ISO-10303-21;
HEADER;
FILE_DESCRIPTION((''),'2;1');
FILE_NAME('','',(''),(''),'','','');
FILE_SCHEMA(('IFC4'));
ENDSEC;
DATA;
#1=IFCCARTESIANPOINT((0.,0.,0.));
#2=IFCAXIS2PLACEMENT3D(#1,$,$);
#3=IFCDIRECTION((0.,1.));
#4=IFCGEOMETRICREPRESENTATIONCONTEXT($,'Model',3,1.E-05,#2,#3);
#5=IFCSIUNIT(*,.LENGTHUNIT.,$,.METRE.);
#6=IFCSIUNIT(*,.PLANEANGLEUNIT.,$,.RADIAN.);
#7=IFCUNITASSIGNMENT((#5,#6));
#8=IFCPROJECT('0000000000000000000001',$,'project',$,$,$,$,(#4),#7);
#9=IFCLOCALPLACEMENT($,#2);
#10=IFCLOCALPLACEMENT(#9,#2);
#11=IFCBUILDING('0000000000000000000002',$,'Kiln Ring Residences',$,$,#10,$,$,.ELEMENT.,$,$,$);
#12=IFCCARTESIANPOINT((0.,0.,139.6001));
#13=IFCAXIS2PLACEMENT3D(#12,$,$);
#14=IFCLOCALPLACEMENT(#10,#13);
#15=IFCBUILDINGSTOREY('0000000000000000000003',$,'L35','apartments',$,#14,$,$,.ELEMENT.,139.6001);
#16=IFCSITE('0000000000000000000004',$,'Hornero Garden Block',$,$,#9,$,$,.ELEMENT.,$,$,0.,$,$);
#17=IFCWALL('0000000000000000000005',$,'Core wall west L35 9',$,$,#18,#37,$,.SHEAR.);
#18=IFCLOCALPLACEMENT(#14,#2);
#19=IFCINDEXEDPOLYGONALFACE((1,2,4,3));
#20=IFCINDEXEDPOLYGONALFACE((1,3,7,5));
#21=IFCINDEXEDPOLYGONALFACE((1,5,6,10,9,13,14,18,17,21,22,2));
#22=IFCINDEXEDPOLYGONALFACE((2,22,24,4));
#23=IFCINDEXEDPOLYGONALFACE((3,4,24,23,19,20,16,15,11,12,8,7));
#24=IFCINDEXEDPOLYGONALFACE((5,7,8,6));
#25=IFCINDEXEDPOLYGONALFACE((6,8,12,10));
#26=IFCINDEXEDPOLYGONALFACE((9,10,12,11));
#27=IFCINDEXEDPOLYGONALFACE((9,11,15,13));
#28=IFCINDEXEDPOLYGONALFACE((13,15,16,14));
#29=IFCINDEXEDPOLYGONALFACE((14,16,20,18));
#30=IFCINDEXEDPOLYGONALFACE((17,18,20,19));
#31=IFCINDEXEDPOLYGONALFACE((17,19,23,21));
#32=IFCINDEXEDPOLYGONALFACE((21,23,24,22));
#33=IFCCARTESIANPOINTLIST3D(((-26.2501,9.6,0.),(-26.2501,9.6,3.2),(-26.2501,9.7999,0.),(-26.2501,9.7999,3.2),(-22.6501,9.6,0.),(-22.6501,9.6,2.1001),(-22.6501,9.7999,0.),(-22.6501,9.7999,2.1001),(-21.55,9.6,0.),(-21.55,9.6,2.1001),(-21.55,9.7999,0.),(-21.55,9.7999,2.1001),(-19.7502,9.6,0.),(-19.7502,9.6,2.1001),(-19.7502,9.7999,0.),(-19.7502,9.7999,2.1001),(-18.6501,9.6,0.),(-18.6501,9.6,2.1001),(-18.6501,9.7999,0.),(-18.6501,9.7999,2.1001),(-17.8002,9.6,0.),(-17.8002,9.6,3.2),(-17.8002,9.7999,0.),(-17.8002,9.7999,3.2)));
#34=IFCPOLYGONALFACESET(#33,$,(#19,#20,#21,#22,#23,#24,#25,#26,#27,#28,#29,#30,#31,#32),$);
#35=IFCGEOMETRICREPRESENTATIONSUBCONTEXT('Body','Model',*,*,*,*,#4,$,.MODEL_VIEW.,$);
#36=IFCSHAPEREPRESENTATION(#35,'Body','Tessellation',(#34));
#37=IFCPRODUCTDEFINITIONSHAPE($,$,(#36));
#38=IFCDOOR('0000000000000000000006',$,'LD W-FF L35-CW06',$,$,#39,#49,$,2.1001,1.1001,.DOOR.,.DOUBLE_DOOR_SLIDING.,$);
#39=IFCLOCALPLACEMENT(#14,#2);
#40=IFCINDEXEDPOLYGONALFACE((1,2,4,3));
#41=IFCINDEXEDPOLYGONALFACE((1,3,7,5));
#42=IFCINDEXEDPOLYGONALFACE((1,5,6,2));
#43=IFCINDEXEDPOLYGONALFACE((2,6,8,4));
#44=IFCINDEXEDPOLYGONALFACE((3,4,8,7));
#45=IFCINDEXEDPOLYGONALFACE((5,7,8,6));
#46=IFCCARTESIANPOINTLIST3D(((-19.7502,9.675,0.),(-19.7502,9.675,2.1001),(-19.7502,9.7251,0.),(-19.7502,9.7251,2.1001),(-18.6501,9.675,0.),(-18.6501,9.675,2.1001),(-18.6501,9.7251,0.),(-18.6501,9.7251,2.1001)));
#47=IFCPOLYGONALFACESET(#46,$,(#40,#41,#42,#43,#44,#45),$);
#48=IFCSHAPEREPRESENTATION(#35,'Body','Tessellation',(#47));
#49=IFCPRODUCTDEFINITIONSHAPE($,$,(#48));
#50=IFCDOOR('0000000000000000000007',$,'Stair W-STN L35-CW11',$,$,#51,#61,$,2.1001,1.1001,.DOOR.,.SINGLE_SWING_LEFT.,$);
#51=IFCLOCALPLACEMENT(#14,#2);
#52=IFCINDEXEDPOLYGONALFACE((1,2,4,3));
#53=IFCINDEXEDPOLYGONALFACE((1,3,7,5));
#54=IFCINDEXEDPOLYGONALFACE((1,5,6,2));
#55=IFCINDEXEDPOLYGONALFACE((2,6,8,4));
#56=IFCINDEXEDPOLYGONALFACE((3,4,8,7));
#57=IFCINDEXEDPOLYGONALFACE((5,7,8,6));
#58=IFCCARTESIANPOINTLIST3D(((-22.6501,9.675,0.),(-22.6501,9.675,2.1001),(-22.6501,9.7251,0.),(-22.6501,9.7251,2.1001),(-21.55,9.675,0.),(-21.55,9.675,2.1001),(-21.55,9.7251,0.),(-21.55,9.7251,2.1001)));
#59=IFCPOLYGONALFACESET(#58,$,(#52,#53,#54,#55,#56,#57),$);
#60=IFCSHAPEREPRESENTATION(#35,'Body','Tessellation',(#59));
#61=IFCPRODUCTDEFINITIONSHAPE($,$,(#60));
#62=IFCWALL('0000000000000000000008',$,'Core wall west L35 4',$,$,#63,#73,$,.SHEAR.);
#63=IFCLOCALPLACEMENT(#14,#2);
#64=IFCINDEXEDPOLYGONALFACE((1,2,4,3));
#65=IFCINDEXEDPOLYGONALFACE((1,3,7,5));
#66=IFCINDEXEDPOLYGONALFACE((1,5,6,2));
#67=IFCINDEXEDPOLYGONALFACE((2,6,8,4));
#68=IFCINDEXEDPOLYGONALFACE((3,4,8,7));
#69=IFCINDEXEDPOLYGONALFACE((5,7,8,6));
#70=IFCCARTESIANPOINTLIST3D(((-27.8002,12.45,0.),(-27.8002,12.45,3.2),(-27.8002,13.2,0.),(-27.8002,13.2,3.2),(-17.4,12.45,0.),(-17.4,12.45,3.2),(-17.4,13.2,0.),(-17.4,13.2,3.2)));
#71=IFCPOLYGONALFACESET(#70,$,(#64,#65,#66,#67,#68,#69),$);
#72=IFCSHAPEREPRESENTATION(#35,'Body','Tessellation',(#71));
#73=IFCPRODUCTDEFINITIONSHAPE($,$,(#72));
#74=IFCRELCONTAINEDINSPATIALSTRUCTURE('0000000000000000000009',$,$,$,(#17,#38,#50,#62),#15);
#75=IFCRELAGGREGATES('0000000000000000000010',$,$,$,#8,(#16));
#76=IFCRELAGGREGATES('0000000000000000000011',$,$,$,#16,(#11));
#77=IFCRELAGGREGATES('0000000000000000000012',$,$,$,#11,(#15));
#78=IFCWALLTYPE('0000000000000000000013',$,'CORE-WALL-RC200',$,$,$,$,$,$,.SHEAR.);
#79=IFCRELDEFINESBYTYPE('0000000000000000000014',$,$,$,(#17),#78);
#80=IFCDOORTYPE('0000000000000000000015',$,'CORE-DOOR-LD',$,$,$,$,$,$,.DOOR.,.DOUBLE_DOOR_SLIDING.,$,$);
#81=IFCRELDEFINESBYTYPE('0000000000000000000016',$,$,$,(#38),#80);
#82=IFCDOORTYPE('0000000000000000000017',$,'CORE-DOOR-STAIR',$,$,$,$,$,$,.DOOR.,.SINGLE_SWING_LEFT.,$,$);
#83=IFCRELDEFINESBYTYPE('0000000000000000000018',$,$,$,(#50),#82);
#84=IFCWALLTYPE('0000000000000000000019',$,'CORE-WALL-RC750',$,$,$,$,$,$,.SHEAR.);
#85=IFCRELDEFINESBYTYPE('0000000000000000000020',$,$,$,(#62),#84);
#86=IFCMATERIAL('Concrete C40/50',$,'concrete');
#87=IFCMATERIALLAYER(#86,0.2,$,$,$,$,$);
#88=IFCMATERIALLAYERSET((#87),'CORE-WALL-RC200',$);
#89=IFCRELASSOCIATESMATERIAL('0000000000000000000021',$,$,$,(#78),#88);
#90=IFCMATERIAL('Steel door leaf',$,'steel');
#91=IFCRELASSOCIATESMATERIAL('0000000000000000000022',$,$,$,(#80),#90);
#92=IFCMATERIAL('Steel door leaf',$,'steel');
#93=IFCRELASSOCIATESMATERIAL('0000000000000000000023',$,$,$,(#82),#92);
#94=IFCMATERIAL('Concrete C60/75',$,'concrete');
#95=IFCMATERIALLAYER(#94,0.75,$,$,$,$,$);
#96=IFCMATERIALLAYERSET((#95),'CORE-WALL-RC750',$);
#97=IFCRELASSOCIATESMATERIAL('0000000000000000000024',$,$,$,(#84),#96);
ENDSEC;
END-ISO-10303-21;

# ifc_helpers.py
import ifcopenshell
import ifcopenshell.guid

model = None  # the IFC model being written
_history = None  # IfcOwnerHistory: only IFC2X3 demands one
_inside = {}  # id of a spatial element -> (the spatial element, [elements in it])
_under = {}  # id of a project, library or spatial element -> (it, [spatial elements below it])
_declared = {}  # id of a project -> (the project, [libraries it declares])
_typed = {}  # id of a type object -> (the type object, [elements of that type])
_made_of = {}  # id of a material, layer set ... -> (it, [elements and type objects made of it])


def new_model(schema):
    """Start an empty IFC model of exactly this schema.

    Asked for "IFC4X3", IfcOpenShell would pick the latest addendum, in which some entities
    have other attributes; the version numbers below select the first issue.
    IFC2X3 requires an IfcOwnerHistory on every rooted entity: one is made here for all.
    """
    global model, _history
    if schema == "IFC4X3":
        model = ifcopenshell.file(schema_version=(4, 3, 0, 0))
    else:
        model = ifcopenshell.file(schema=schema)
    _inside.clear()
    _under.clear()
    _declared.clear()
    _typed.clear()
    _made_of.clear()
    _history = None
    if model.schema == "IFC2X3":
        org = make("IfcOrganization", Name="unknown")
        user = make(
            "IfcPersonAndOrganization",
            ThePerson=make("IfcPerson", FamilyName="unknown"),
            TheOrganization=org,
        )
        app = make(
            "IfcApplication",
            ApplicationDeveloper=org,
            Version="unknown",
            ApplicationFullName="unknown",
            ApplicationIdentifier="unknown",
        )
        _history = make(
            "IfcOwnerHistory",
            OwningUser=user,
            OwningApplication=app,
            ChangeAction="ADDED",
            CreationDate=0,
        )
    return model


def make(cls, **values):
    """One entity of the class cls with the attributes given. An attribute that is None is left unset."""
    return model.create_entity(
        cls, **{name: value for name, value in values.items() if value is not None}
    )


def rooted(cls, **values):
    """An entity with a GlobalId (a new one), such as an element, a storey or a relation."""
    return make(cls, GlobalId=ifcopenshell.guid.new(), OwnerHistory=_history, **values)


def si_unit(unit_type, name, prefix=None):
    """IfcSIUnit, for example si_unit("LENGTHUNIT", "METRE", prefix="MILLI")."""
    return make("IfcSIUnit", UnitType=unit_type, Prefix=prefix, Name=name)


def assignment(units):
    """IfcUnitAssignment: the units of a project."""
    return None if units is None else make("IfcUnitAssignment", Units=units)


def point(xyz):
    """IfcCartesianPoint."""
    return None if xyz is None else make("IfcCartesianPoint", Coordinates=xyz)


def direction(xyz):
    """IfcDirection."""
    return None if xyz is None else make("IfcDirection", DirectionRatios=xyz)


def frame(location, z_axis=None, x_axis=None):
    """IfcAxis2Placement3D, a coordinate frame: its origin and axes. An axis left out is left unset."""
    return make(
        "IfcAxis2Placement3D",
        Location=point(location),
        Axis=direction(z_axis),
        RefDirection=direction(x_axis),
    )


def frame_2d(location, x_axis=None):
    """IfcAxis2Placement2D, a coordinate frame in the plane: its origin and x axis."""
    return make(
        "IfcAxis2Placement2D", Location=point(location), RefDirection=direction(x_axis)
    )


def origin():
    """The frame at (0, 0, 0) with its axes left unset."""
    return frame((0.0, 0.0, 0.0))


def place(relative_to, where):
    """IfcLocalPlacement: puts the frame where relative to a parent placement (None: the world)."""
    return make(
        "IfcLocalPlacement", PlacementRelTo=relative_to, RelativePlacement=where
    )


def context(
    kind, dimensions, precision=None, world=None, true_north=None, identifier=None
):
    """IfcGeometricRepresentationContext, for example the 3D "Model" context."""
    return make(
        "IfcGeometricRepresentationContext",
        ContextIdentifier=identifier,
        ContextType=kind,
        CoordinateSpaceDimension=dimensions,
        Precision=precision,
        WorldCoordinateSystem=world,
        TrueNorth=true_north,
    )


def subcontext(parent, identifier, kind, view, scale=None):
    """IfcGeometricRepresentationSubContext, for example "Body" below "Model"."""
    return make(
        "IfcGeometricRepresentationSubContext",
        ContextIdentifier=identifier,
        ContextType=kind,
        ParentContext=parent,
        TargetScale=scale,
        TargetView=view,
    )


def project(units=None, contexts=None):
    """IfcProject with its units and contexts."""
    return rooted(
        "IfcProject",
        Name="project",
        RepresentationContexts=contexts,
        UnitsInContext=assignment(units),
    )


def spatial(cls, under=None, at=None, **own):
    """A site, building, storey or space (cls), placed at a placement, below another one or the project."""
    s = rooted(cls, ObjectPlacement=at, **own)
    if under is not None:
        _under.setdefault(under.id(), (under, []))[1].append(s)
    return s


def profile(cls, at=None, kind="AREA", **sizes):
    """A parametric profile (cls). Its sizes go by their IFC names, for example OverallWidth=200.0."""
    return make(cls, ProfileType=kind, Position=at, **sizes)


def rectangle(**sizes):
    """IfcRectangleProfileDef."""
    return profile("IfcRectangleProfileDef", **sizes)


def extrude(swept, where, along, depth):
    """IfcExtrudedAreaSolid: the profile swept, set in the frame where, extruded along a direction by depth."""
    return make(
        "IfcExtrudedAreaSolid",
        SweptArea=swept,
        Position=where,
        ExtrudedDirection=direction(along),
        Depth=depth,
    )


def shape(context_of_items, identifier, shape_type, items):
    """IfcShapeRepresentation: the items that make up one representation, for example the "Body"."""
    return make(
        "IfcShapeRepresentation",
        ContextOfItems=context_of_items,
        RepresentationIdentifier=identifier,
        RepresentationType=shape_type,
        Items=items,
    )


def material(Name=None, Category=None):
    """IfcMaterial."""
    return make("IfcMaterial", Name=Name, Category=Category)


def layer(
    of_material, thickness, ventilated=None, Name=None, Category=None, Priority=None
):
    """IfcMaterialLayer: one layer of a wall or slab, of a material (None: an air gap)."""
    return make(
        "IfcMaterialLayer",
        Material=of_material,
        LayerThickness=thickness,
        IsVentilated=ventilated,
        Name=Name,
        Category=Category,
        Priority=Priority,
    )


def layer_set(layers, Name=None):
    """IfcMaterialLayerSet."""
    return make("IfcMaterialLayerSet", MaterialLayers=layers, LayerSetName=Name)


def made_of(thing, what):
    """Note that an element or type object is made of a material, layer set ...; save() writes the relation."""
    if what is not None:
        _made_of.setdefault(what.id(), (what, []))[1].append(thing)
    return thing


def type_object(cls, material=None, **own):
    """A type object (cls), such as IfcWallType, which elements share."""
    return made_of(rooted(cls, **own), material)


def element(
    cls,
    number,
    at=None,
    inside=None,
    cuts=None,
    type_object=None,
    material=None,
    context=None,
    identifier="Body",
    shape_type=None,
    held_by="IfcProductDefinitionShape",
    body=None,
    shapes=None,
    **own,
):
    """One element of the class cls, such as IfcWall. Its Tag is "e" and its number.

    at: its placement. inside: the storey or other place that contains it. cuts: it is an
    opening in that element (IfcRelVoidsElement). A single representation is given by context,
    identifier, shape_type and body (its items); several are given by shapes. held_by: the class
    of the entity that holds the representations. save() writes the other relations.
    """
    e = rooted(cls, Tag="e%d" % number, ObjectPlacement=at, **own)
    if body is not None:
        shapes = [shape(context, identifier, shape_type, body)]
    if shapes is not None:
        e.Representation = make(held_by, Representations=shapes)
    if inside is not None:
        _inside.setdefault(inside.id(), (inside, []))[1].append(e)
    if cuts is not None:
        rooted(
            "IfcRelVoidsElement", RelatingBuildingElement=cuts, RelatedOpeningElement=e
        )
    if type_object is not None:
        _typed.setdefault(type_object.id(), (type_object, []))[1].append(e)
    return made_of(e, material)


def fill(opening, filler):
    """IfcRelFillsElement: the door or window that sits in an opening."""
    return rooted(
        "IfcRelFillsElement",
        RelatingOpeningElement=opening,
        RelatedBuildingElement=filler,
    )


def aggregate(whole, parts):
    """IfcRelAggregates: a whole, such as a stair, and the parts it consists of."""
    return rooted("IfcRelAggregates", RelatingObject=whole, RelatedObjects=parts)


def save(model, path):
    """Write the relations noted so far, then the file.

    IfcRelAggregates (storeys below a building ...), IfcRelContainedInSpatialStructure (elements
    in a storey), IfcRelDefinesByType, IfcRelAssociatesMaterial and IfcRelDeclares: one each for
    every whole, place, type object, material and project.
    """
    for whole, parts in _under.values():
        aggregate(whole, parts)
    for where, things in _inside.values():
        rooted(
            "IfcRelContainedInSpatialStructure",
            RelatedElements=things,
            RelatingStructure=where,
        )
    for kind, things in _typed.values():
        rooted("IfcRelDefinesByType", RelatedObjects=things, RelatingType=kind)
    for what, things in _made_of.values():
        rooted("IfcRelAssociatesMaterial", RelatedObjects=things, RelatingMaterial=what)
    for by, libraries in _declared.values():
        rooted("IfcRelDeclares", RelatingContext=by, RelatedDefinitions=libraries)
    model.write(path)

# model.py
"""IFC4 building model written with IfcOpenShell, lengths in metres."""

from ifc_helpers import new_model, si_unit, direction, frame, frame_2d, origin, place, context, subcontext, project, spatial, rectangle, extrude, material, layer, layer_set, type_object, element, fill, save


model = new_model("IFC4")

# Units and contexts
model_context = context("Model", 3, precision=1e-05, world=origin(), true_north=direction((0.0, 1.0)))
body_context = subcontext(model_context, "Body", "Model", "MODEL_VIEW")
ifc_project = project(units=[si_unit("LENGTHUNIT", "METRE"), si_unit("PLANEANGLEUNIT", "RADIAN")], contexts=[model_context])

# Site, building, storey
site_placement = place(None, origin())
site = spatial("IfcSite", under=ifc_project, at=site_placement, Name="Hornero Garden Block", CompositionType="ELEMENT", RefElevation=0.0)
building_placement = place(site_placement, origin())
building = spatial("IfcBuilding", under=site, at=building_placement, Name="Kiln Ring Residences", CompositionType="ELEMENT")
storey_placement = place(building_placement, frame((0.0, 0.0, 139.6001)))
storey = spatial("IfcBuildingStorey", under=building, at=storey_placement, Name="L35", Description="apartments", CompositionType="ELEMENT", Elevation=139.6001)

# Wall, openings, doors
ifc_material_1 = material(Name="Concrete C40/50", Category="concrete")
ifc_layer_1 = layer(ifc_material_1, 0.2)
ifc_layer_set_1 = layer_set([ifc_layer_1], Name="CORE-WALL-RC200")
wall_type_1 = type_object("IfcWallType", Name="CORE-WALL-RC200", PredefinedType="SHEAR", material=ifc_layer_set_1)
wall_1_placement = place(storey_placement, frame((-17.8, 9.7, 0.0), z_axis=(0.0, 0.0, 1.0), x_axis=(-1.0, 0.0, 0.0)))
wall_1 = element("IfcWall", 1, at=wall_1_placement, inside=storey, type_object=wall_type_1, Name="Core wall west L35 9", PredefinedType="SHEAR", context=body_context, shape_type="SweptSolid", body=[
    extrude(rectangle(XDim=8.45, YDim=0.2, at=frame_2d((4.2251, 0.0))), origin(), (0.0, 0.0, 1.0), 3.2),
])
opening_1_placement = place(wall_1_placement, frame((0.8501, 0.0, 0.0)))
opening_1 = element("IfcOpeningElement", 2, at=opening_1_placement, cuts=wall_1, PredefinedType="OPENING", context=body_context, shape_type="SweptSolid", body=[
    extrude(rectangle(XDim=1.1001, YDim=2.1001, at=frame_2d((0.55, 1.05))), frame((0.0, 0.1099, 0.0), z_axis=(0.0, -1.0, 0.0), x_axis=(1.0, 0.0, 0.0)), (0.0, 0.0, 1.0), 0.22),
])
opening_2_placement = place(wall_1_placement, frame((3.75, 0.0, 0.0)))
opening_2 = element("IfcOpeningElement", 3, at=opening_2_placement, cuts=wall_1, PredefinedType="OPENING", context=body_context, shape_type="SweptSolid", body=[
    extrude(rectangle(XDim=1.1001, YDim=2.1001, at=frame_2d((0.55, 1.05))), frame((0.0, 0.1099, 0.0), z_axis=(0.0, -1.0, 0.0), x_axis=(1.0, 0.0, 0.0)), (0.0, 0.0, 1.0), 0.22),
])
ifc_material_2 = material(Name="Steel door leaf", Category="steel")
door_type_1 = type_object("IfcDoorType", Name="CORE-DOOR-LD", OperationType="DOUBLE_DOOR_SLIDING", PredefinedType="DOOR", material=ifc_material_2)
door_1_placement = place(opening_1_placement, origin())
door_1 = element("IfcDoor", 4, at=door_1_placement, inside=storey, type_object=door_type_1, Name="LD W-FF L35-CW06", OperationType="DOUBLE_DOOR_SLIDING", OverallHeight=2.1001, OverallWidth=1.1001, PredefinedType="DOOR", context=body_context, shape_type="SweptSolid", body=[
    extrude(rectangle(XDim=1.1001, YDim=2.1001, at=frame_2d((0.55, 1.05))), frame((0.0, 0.0249, 0.0), z_axis=(0.0, -1.0, 0.0), x_axis=(1.0, 0.0, 0.0)), (0.0, 0.0, 1.0), 0.05),
])
fill(opening_1, door_1)
ifc_material_3 = material(Name="Steel door leaf", Category="steel")
door_type_2 = type_object("IfcDoorType", Name="CORE-DOOR-STAIR", OperationType="SINGLE_SWING_LEFT", PredefinedType="DOOR", material=ifc_material_3)
door_2_placement = place(opening_2_placement, origin())
door_2 = element("IfcDoor", 5, at=door_2_placement, inside=storey, type_object=door_type_2, Name="Stair W-STN L35-CW11", OperationType="SINGLE_SWING_LEFT", OverallHeight=2.1001, OverallWidth=1.1001, PredefinedType="DOOR", context=body_context, shape_type="SweptSolid", body=[
    extrude(rectangle(XDim=1.1001, YDim=2.1001, at=frame_2d((0.55, 1.05))), frame((0.0, 0.0249, 0.0), z_axis=(0.0, -1.0, 0.0), x_axis=(1.0, 0.0, 0.0)), (0.0, 0.0, 1.0), 0.05),
])
fill(opening_2, door_2)

# Wall
ifc_material_4 = material(Name="Concrete C60/75", Category="concrete")
ifc_layer_2 = layer(ifc_material_4, 0.75)
ifc_layer_set_2 = layer_set([ifc_layer_2], Name="CORE-WALL-RC750")
wall_type_2 = type_object("IfcWallType", Name="CORE-WALL-RC750", PredefinedType="SHEAR", material=ifc_layer_set_2)
wall_2_placement = place(storey_placement, frame((-17.3999, 12.825, 0.0), z_axis=(0.0, 0.0, 1.0), x_axis=(-1.0, 0.0, 0.0)))
element("IfcWall", 6, at=wall_2_placement, inside=storey, type_object=wall_type_2, Name="Core wall west L35 4", PredefinedType="SHEAR", context=body_context, shape_type="SweptSolid", body=[
    extrude(rectangle(XDim=10.4001, YDim=0.75, at=frame_2d((5.2002, 0.0))), origin(), (0.0, 0.0, 1.0), 3.2),
])

save(model, "model.ifc")
